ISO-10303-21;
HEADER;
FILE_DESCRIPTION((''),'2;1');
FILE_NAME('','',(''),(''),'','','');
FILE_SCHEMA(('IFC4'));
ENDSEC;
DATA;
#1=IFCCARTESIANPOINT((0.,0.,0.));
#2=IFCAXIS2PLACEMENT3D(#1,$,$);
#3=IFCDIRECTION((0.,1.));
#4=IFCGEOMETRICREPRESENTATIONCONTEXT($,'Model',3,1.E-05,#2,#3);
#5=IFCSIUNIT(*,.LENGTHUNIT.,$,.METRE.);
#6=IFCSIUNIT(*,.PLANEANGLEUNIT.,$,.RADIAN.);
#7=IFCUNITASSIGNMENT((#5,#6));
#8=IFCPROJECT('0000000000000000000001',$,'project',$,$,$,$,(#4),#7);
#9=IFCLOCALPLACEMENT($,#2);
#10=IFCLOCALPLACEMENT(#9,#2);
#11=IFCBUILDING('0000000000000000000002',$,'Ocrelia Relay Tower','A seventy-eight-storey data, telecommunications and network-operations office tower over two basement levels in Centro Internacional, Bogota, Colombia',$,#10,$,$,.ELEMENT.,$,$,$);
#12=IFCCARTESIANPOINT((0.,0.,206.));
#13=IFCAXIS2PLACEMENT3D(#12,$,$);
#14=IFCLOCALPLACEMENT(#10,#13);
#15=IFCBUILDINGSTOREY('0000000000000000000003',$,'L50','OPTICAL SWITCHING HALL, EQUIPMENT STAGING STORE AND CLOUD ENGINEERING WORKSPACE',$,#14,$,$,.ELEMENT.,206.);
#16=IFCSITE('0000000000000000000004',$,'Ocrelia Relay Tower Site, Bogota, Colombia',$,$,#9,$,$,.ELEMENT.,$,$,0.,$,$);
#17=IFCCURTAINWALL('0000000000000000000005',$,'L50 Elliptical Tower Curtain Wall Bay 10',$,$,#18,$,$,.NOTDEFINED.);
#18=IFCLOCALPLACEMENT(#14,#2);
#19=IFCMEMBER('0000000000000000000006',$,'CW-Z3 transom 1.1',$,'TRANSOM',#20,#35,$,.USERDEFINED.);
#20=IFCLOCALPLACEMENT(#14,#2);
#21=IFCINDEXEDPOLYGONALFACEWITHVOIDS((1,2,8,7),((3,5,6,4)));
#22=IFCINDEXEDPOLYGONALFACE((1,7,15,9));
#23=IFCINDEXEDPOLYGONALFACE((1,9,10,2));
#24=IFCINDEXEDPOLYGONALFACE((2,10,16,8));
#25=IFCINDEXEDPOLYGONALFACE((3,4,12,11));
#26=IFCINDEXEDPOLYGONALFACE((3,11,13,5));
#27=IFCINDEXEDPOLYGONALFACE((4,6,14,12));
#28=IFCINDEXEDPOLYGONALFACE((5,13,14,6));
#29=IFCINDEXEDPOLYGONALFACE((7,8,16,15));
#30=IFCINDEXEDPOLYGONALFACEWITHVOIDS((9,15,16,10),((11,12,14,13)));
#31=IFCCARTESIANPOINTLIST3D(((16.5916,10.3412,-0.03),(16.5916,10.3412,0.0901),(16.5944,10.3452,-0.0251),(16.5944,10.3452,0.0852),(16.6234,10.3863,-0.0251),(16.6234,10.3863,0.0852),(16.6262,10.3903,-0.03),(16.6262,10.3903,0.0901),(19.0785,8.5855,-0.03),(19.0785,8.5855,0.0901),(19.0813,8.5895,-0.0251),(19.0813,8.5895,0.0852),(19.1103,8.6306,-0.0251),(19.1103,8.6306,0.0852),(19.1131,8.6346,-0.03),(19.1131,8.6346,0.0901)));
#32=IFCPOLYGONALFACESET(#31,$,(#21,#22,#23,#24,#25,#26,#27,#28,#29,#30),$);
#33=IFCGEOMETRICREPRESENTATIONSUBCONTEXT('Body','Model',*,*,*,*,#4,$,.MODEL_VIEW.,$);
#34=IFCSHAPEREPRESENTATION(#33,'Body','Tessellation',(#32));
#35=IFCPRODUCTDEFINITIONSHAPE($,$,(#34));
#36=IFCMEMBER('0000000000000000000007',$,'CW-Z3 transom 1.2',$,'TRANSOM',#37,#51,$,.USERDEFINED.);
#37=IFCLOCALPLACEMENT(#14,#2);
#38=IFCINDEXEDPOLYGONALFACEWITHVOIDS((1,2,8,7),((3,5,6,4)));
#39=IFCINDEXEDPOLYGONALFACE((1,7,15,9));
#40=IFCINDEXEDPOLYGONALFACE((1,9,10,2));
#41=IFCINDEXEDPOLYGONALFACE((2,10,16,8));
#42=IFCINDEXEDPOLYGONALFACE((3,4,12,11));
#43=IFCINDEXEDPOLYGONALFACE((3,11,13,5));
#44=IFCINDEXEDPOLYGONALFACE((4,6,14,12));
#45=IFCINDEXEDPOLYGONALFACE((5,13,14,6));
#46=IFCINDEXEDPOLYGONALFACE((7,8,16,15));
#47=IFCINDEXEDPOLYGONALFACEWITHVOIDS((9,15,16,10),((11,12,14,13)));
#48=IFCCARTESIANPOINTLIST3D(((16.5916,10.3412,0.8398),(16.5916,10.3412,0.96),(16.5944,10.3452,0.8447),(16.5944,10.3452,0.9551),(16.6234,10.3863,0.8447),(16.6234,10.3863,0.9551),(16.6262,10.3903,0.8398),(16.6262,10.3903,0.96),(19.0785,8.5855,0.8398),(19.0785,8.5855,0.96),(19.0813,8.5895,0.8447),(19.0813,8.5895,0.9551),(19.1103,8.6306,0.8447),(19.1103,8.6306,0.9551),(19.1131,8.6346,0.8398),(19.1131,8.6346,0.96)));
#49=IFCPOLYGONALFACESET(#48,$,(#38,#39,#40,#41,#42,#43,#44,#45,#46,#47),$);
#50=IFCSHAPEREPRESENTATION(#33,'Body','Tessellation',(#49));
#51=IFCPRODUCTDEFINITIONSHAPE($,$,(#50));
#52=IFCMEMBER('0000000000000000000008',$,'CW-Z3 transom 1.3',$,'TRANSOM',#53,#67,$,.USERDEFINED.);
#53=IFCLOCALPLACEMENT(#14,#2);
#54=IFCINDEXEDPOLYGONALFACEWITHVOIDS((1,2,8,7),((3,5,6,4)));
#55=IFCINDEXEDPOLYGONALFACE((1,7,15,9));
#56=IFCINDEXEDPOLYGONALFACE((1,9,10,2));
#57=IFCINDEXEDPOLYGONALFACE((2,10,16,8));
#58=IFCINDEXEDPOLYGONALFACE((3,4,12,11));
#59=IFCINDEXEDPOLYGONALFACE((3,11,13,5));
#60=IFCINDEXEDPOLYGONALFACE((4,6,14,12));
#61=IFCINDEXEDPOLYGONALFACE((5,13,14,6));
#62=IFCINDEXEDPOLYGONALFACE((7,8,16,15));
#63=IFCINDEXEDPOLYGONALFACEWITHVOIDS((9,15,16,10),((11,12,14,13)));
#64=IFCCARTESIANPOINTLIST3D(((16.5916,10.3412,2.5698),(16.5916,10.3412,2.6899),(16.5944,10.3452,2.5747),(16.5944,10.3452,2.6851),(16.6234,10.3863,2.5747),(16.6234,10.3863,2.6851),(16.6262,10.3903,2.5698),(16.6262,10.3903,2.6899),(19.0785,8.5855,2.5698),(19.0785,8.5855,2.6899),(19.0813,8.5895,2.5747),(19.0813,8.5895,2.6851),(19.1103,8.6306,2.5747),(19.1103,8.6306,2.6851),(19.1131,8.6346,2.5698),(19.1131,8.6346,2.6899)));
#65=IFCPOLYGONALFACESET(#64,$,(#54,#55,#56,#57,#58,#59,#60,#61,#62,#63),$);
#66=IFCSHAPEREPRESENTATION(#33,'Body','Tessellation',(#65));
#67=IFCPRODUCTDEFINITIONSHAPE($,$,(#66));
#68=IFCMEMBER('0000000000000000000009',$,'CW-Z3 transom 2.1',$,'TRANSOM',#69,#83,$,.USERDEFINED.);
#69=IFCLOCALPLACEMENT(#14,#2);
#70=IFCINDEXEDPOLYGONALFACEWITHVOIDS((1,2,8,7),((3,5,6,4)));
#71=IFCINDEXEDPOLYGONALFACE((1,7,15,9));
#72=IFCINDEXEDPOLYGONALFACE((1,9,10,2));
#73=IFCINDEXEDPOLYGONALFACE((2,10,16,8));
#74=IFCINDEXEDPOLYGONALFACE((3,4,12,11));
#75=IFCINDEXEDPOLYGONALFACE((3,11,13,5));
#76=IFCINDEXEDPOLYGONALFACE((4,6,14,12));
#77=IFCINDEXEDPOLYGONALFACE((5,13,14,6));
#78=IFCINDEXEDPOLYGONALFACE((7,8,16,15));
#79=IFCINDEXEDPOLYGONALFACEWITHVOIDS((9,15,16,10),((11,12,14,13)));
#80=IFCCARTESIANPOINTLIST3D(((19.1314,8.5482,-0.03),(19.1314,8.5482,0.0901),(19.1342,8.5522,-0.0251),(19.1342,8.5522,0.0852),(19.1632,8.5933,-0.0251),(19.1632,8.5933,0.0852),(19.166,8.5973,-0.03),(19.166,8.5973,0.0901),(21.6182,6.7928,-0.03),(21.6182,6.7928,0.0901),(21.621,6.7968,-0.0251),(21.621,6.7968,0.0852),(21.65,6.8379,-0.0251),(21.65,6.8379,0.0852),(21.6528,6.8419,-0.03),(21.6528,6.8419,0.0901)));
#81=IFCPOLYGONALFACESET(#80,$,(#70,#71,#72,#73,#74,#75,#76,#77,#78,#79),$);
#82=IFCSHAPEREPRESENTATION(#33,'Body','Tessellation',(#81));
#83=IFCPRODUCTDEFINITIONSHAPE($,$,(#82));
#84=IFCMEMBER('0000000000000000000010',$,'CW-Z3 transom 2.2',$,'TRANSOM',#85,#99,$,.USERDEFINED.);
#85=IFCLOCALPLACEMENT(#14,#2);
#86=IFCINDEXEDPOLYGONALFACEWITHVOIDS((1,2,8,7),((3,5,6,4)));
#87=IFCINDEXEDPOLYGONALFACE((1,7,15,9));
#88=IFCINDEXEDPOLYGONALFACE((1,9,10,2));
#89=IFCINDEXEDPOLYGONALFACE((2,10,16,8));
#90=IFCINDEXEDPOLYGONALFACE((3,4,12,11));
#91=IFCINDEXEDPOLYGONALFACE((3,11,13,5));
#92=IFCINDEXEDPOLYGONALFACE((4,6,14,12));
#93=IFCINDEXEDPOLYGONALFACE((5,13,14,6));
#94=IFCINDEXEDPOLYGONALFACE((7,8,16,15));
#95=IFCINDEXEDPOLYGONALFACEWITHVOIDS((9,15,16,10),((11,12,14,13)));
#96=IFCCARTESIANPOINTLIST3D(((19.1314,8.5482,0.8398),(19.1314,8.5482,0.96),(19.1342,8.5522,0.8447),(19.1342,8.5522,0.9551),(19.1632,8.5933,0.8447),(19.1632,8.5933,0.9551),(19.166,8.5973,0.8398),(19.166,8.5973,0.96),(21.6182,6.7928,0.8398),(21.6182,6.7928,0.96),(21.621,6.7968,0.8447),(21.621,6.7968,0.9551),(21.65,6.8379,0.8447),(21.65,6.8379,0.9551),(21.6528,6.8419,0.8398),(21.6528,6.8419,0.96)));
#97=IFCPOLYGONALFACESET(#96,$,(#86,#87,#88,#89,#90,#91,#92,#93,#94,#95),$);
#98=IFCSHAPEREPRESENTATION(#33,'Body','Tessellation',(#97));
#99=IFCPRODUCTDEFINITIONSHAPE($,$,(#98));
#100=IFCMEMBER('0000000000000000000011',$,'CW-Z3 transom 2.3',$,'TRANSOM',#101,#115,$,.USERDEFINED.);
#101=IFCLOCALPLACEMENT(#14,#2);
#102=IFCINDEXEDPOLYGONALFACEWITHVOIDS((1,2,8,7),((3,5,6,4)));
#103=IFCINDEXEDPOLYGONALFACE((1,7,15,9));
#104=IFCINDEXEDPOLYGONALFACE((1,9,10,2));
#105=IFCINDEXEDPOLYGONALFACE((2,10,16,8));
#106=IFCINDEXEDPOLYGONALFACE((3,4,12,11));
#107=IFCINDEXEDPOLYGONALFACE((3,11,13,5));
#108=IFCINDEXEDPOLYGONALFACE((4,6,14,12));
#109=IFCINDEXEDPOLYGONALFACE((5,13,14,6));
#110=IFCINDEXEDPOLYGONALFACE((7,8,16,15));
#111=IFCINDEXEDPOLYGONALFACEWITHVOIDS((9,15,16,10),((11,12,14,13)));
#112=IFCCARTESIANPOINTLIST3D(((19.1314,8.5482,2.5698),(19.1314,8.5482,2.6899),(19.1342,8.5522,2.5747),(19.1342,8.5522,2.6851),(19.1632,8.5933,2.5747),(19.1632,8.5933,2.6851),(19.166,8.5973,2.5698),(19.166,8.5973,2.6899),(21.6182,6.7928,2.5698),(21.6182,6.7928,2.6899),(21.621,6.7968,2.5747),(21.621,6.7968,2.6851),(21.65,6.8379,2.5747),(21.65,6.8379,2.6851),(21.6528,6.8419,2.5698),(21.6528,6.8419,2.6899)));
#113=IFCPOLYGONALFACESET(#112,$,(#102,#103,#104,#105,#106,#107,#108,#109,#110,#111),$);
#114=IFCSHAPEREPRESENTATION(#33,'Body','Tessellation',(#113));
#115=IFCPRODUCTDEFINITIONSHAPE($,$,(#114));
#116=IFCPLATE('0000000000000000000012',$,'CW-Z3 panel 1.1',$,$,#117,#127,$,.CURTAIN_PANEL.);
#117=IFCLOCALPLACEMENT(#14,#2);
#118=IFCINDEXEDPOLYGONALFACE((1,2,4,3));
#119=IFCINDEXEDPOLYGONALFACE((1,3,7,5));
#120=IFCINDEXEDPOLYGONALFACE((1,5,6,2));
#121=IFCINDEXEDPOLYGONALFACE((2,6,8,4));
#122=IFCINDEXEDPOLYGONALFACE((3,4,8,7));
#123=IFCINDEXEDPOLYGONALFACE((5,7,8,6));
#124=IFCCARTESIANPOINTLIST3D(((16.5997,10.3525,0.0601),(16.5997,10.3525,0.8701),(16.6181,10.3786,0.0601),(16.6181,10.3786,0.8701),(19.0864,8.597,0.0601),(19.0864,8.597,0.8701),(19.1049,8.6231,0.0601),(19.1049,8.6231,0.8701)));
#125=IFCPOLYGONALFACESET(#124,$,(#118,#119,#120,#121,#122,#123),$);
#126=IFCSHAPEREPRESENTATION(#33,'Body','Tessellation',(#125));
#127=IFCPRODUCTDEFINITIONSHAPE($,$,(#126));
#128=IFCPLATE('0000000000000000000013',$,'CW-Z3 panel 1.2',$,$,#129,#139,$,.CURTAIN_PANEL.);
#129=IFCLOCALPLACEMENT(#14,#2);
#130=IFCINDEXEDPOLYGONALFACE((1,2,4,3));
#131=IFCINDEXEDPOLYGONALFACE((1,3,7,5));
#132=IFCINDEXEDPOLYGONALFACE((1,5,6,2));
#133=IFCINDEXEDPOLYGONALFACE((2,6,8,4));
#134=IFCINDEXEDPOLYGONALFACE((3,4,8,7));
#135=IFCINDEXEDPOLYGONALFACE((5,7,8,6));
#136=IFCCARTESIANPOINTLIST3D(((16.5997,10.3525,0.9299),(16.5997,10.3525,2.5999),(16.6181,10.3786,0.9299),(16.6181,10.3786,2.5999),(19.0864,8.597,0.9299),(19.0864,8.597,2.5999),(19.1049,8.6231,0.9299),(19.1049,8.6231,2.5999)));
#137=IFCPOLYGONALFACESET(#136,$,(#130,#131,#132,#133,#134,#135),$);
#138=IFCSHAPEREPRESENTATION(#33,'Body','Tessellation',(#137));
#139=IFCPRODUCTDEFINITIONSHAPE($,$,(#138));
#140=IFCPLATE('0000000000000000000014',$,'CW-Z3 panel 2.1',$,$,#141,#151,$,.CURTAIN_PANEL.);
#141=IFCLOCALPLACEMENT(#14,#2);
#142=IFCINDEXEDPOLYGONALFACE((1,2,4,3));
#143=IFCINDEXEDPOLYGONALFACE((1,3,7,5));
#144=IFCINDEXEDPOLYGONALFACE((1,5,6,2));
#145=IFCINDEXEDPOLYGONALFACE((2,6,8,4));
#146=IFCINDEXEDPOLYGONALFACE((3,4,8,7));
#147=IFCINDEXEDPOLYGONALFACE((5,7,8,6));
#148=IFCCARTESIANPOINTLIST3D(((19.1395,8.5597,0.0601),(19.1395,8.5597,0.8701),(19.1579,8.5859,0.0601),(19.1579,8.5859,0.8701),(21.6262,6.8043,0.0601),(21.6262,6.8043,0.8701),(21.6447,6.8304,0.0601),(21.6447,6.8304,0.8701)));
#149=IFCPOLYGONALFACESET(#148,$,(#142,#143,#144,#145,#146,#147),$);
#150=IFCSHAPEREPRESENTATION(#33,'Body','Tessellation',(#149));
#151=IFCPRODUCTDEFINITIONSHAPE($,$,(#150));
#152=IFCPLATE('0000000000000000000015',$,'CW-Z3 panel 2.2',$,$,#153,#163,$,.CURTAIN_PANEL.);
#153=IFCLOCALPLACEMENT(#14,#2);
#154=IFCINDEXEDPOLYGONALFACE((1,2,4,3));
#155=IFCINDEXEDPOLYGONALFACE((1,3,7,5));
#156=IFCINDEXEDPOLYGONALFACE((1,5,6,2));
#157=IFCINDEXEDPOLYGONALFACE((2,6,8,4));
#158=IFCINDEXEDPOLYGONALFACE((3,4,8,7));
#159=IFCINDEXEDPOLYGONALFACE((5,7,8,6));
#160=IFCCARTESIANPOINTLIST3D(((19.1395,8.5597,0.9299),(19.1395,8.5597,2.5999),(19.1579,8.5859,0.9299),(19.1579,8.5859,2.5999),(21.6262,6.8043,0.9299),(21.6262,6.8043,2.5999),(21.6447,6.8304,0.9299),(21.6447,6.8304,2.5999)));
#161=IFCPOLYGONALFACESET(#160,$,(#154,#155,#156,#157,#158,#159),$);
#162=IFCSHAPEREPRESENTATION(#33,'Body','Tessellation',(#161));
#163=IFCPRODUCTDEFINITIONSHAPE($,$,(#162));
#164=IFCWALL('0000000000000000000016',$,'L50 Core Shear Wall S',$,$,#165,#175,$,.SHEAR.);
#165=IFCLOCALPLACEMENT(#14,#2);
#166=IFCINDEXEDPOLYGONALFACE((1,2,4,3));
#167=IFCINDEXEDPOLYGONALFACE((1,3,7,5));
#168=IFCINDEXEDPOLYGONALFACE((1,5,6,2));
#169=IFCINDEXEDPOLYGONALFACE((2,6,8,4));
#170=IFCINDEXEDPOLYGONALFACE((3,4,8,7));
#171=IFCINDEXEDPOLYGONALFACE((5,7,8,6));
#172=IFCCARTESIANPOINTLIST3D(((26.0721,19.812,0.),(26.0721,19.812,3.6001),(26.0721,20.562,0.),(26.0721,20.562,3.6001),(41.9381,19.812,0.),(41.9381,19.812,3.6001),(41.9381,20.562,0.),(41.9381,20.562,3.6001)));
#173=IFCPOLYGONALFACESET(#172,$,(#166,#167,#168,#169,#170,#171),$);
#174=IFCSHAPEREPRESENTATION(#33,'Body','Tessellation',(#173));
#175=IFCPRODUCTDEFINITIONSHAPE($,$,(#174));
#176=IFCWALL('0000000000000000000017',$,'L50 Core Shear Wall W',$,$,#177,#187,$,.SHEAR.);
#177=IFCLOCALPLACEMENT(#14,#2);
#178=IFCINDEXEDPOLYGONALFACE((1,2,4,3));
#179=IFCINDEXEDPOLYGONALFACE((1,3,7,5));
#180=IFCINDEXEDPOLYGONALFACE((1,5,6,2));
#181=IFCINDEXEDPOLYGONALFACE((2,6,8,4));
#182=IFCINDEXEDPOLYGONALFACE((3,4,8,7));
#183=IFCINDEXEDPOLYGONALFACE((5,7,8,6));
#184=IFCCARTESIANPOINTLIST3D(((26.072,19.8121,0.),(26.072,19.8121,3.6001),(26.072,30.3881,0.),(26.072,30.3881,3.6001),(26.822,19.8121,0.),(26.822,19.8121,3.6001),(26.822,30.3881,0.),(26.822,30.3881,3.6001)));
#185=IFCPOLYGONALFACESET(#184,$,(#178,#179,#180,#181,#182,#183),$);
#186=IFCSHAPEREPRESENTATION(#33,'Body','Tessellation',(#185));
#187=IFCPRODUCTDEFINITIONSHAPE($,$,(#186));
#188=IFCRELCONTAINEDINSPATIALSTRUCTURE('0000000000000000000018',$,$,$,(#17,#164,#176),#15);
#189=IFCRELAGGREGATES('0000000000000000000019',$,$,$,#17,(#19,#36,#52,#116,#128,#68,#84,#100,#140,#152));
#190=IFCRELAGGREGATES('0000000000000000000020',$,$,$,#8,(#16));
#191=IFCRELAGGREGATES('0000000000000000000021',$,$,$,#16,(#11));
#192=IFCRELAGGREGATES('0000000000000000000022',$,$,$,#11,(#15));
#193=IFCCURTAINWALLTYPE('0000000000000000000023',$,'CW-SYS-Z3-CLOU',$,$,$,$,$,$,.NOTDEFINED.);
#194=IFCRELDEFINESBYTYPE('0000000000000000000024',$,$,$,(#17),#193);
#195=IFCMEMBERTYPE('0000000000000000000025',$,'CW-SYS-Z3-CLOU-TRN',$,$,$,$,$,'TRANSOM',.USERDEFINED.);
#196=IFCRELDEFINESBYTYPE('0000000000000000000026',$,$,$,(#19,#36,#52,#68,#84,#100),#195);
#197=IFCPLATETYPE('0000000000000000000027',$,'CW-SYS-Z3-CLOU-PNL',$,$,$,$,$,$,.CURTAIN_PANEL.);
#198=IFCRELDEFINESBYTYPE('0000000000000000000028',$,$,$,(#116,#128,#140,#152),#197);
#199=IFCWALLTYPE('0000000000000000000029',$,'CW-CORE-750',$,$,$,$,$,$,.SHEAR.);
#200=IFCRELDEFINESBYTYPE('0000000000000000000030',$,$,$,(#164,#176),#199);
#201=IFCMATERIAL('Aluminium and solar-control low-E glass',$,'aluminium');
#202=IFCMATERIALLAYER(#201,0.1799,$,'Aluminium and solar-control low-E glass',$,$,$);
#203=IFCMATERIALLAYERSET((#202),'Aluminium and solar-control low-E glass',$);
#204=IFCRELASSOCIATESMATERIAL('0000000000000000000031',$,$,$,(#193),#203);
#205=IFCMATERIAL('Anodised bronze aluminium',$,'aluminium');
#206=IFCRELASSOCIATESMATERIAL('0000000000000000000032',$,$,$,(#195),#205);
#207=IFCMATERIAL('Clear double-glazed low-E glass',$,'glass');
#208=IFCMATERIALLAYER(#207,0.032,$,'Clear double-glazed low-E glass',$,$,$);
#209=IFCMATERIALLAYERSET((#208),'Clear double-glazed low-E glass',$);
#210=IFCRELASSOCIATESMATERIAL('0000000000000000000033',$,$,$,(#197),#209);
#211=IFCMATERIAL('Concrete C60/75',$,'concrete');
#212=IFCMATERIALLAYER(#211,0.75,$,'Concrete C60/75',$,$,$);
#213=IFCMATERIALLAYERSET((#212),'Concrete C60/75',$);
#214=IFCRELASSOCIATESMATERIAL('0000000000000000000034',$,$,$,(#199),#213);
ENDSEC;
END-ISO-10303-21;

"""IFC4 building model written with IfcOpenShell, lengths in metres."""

from ifc_helpers import new_model, si_unit, direction, frame, frame_2d, origin, origin_2d, place, context, subcontext, project, spatial, rectangle, hollow_rectangle, extrude, material, layer, layer_set, material_profile, profile_set, type_object, element, aggregate, save


model = new_model("IFC4")

# Units and contexts
model_context = context("Model", 3, precision=1e-05, world=origin(), true_north=direction((0.0, 1.0)))
body_context = subcontext(model_context, "Body", "Model", "MODEL_VIEW")
ifc_project = project(units=[si_unit("LENGTHUNIT", "METRE"), si_unit("PLANEANGLEUNIT", "RADIAN")], contexts=[model_context])

# Site, building, storey
site_placement = place(None, origin())
site = spatial("IfcSite", under=ifc_project, at=site_placement, Name="Ocrelia Relay Tower Site, Bogota, Colombia", CompositionType="ELEMENT", RefElevation=0.0)
building_placement = place(site_placement, origin())
building = spatial("IfcBuilding", under=site, at=building_placement, Name="Ocrelia Relay Tower", Description="A seventy-eight-storey data, telecommunications and network-operations office tower over two basement levels in Centro Internacional, Bogota, Colombia", CompositionType="ELEMENT")
storey_placement = place(building_placement, frame((0.0, 0.0, 206.0)))
storey = spatial("IfcBuildingStorey", under=building, at=storey_placement, Name="L50", Description="OPTICAL SWITCHING HALL, EQUIPMENT STAGING STORE AND CLOUD ENGINEERING WORKSPACE", CompositionType="ELEMENT", Elevation=206.0)

# Shared definitions
ifc_material_1 = material(Name="Concrete C60/75", Category="concrete")

# Curtain wall, members, plates
ifc_material_2 = material(Name="Aluminium and solar-control low-E glass", Category="aluminium")
ifc_layer_1 = layer(ifc_material_2, 0.1799, Name="Aluminium and solar-control low-E glass")
ifc_layer_set_1 = layer_set([ifc_layer_1], Name="Aluminium and solar-control low-E glass")
curtain_wall_type = type_object("IfcCurtainWallType", Name="CW-SYS-Z3-CLOU", PredefinedType="NOTDEFINED", material=ifc_layer_set_1)
curtain_wall_placement = place(storey_placement, origin())
curtain_wall = element("IfcCurtainWall", 1, at=curtain_wall_placement, inside=storey, type_object=curtain_wall_type, Name="L50 Elliptical Tower Curtain Wall Bay 10", PredefinedType="NOTDEFINED")
ifc_material_3 = material(Name="Anodised bronze aluminium", Category="aluminium")
ifc_material_profile_1 = material_profile(ifc_material_3, hollow_rectangle(XDim=0.0601, YDim=0.1201, WallThickness=0.0049, at=origin_2d()), Name="CW-TRN-120x60")
ifc_profile_set_1 = profile_set([ifc_material_profile_1], Name="Anodised bronze aluminium")
member_type_1 = type_object("IfcMemberType", Name="CW-SYS-Z3-CLOU-TRN", ElementType="TRANSOM", PredefinedType="USERDEFINED", material=ifc_profile_set_1)
member_1_placement = place(storey_placement, frame((16.6089, 10.3657, 0.03), z_axis=(0.816935, -0.57673, 0.0), x_axis=(0.57673, 0.816935, 0.0)))
member_1 = element("IfcMember", 2, at=member_1_placement, type_object=member_type_1, Name="CW-Z3 transom 1.1", ObjectType="TRANSOM", PredefinedType="USERDEFINED", context=body_context, shape_type="SweptSolid", body=[
    extrude(hollow_rectangle(XDim=0.0601, YDim=0.1201, WallThickness=0.0049, at=origin_2d()), origin(), (0.0, 0.0, 1.0), 3.0442),
])
member_2_placement = place(storey_placement, frame((16.6089, 10.3657, 0.8999), z_axis=(0.816935, -0.57673, 0.0), x_axis=(0.57673, 0.816935, 0.0)))
member_2 = element("IfcMember", 3, at=member_2_placement, type_object=member_type_1, Name="CW-Z3 transom 1.2", ObjectType="TRANSOM", PredefinedType="USERDEFINED", context=body_context, shape_type="SweptSolid", body=[
    extrude(hollow_rectangle(XDim=0.0601, YDim=0.1201, WallThickness=0.0049, at=origin_2d()), origin(), (0.0, 0.0, 1.0), 3.0442),
])
member_3_placement = place(storey_placement, frame((16.6089, 10.3657, 2.6299), z_axis=(0.816935, -0.57673, 0.0), x_axis=(0.57673, 0.816935, 0.0)))
member_3 = element("IfcMember", 4, at=member_3_placement, type_object=member_type_1, Name="CW-Z3 transom 1.3", ObjectType="TRANSOM", PredefinedType="USERDEFINED", context=body_context, shape_type="SweptSolid", body=[
    extrude(hollow_rectangle(XDim=0.0601, YDim=0.1201, WallThickness=0.0049, at=origin_2d()), origin(), (0.0, 0.0, 1.0), 3.0442),
])
member_4_placement = place(storey_placement, frame((19.1487, 8.5728, 0.03), z_axis=(0.816972, -0.576677, 0.0), x_axis=(0.576677, 0.816972, 0.0)))
member_4 = element("IfcMember", 5, at=member_4_placement, type_object=member_type_1, Name="CW-Z3 transom 2.1", ObjectType="TRANSOM", PredefinedType="USERDEFINED", context=body_context, shape_type="SweptSolid", body=[
    extrude(hollow_rectangle(XDim=0.0601, YDim=0.1201, WallThickness=0.0049, at=origin_2d()), origin(), (0.0, 0.0, 1.0), 3.0439),
])
member_5_placement = place(storey_placement, frame((19.1487, 8.5728, 0.8999), z_axis=(0.816972, -0.576677, 0.0), x_axis=(0.576677, 0.816972, 0.0)))
member_5 = element("IfcMember", 6, at=member_5_placement, type_object=member_type_1, Name="CW-Z3 transom 2.2", ObjectType="TRANSOM", PredefinedType="USERDEFINED", context=body_context, shape_type="SweptSolid", body=[
    extrude(hollow_rectangle(XDim=0.0601, YDim=0.1201, WallThickness=0.0049, at=origin_2d()), origin(), (0.0, 0.0, 1.0), 3.0439),
])
member_6_placement = place(storey_placement, frame((19.1487, 8.5728, 2.6299), z_axis=(0.816972, -0.576677, 0.0), x_axis=(0.576677, 0.816972, 0.0)))
member_6 = element("IfcMember", 7, at=member_6_placement, type_object=member_type_1, Name="CW-Z3 transom 2.3", ObjectType="TRANSOM", PredefinedType="USERDEFINED", context=body_context, shape_type="SweptSolid", body=[
    extrude(hollow_rectangle(XDim=0.0601, YDim=0.1201, WallThickness=0.0049, at=origin_2d()), origin(), (0.0, 0.0, 1.0), 3.0439),
])
ifc_material_4 = material(Name="Clear double-glazed low-E glass", Category="glass")
ifc_layer_2 = layer(ifc_material_4, 0.032, Name="Clear double-glazed low-E glass")
ifc_layer_set_2 = layer_set([ifc_layer_2], Name="Clear double-glazed low-E glass")
plate_type = type_object("IfcPlateType", Name="CW-SYS-Z3-CLOU-PNL", PredefinedType="CURTAIN_PANEL", material=ifc_layer_set_2)
plate_1_placement = place(storey_placement, frame((17.8523, 9.4878, 0.0601), z_axis=(0.0, 0.0, 1.0), x_axis=(0.816946, -0.576714, 0.0)))
plate_1 = element("IfcPlate", 8, at=plate_1_placement, type_object=plate_type, Name="CW-Z3 panel 1.1", PredefinedType="CURTAIN_PANEL", context=body_context, shape_type="SweptSolid", body=[
    extrude(rectangle(XDim=3.0439, YDim=0.032, at=origin_2d()), origin(), (0.0, 0.0, 1.0), 0.8101),
])
plate_2_placement = place(storey_placement, frame((17.8523, 9.4878, 0.9299), z_axis=(0.0, 0.0, 1.0), x_axis=(0.816946, -0.576714, 0.0)))
plate_2 = element("IfcPlate", 9, at=plate_2_placement, type_object=plate_type, Name="CW-Z3 panel 1.2", PredefinedType="CURTAIN_PANEL", context=body_context, shape_type="SweptSolid", body=[
    extrude(rectangle(XDim=3.0439, YDim=0.032, at=origin_2d()), origin(), (0.0, 0.0, 1.0), 1.6699),
])
plate_3_placement = place(storey_placement, frame((20.3921, 7.6951, 0.0601), z_axis=(0.0, 0.0, 1.0), x_axis=(0.816946, -0.576714, 0.0)))
plate_3 = element("IfcPlate", 10, at=plate_3_placement, type_object=plate_type, Name="CW-Z3 panel 2.1", PredefinedType="CURTAIN_PANEL", context=body_context, shape_type="SweptSolid", body=[
    extrude(rectangle(XDim=3.0439, YDim=0.032, at=origin_2d()), origin(), (0.0, 0.0, 1.0), 0.8101),
])
plate_4_placement = place(storey_placement, frame((20.3921, 7.6951, 0.9299), z_axis=(0.0, 0.0, 1.0), x_axis=(0.816946, -0.576714, 0.0)))
plate_4 = element("IfcPlate", 11, at=plate_4_placement, type_object=plate_type, Name="CW-Z3 panel 2.2", PredefinedType="CURTAIN_PANEL", context=body_context, shape_type="SweptSolid", body=[
    extrude(rectangle(XDim=3.0439, YDim=0.032, at=origin_2d()), origin(), (0.0, 0.0, 1.0), 1.6699),
])
aggregate(curtain_wall, [member_1, member_2, member_3, plate_1, plate_2, member_4, member_5, member_6, plate_3, plate_4])

# Walls
ifc_layer_3 = layer(ifc_material_1, 0.75, Name="Concrete C60/75")
ifc_layer_set_3 = layer_set([ifc_layer_3], Name="Concrete C60/75")
wall_type_1 = type_object("IfcWallType", Name="CW-CORE-750", PredefinedType="SHEAR", material=ifc_layer_set_3)
wall_1_placement = place(storey_placement, frame((26.072, 20.187, 0.0), z_axis=(0.0, 0.0, 1.0), x_axis=(1.0, 0.0, 0.0)))
element("IfcWall", 12, at=wall_1_placement, inside=storey, type_object=wall_type_1, Name="L50 Core Shear Wall S", PredefinedType="SHEAR", context=body_context, shape_type="SweptSolid", body=[
    extrude(rectangle(XDim=15.866, YDim=0.75, at=frame_2d((7.9331, 0.0))), origin(), (0.0, 0.0, 1.0), 3.6001),
])
wall_2_placement = place(storey_placement, frame((26.447, 19.812, 0.0), z_axis=(0.0, 0.0, 1.0), x_axis=(0.0, 1.0, 0.0)))
element("IfcWall", 13, at=wall_2_placement, inside=storey, type_object=wall_type_1, Name="L50 Core Shear Wall W", PredefinedType="SHEAR", context=body_context, shape_type="SweptSolid", body=[
    extrude(rectangle(XDim=10.5759, YDim=0.75, at=frame_2d((5.2881, 0.0))), origin(), (0.0, 0.0, 1.0), 3.6001),
])

save(model, "model.ifc")
